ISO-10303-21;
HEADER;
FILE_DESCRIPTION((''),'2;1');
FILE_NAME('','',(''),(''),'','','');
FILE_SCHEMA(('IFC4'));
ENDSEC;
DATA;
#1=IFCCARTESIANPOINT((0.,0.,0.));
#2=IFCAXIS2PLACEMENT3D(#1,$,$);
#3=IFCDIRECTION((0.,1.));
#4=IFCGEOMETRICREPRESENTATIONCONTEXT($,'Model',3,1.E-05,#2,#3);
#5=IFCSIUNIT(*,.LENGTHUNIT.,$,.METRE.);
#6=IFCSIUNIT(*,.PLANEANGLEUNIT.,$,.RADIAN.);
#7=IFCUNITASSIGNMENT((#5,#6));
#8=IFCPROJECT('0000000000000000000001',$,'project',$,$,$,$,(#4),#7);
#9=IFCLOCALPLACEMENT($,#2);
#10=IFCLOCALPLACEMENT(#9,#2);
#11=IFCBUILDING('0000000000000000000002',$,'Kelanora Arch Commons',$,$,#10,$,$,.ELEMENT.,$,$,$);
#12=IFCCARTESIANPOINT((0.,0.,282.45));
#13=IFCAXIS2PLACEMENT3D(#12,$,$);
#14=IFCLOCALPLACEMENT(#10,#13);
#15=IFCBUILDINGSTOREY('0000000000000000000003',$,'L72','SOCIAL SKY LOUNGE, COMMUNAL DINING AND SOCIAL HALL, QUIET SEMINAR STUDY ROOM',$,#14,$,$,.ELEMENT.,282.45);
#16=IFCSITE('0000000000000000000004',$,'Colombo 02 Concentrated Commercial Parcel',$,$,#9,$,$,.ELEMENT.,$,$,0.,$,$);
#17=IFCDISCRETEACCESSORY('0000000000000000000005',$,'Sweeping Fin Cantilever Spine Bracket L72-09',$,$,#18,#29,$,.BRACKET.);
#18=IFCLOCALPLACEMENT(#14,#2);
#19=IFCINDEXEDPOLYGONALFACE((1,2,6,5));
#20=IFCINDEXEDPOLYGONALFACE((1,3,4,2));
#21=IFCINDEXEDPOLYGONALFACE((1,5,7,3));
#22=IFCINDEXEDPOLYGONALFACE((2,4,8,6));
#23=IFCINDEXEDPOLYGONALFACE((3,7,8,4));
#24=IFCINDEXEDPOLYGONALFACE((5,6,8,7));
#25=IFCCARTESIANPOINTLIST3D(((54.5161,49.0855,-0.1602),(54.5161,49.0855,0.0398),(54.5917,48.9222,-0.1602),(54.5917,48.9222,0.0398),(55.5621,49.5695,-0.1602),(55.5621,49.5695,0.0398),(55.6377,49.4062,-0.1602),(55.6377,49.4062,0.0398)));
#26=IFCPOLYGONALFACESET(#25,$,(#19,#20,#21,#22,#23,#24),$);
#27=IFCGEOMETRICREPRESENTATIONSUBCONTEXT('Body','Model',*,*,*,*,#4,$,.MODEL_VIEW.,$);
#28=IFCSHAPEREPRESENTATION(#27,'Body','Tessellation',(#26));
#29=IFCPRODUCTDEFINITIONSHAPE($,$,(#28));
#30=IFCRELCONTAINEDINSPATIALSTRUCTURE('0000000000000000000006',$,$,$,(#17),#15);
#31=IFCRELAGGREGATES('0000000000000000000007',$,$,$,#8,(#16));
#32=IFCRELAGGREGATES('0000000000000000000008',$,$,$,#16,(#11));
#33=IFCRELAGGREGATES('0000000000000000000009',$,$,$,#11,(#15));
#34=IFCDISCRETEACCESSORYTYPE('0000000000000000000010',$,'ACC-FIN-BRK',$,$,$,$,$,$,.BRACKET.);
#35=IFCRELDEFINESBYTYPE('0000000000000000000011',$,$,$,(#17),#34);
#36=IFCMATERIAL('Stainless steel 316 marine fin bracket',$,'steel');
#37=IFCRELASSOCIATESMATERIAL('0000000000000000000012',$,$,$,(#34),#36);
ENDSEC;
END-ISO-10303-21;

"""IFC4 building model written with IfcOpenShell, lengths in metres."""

from ifc_helpers import new_model, si_unit, direction, frame, origin, origin_2d, place, context, subcontext, project, spatial, rectangle, extrude, source, transform, mapped, material, type_object, element, save


model = new_model("IFC4")

# Units and contexts
model_context = context("Model", 3, precision=1e-05, world=origin(), true_north=direction((0.0, 1.0)))
body_context = subcontext(model_context, "Body", "Model", "MODEL_VIEW")
ifc_project = project(units=[si_unit("LENGTHUNIT", "METRE"), si_unit("PLANEANGLEUNIT", "RADIAN")], contexts=[model_context])

# Site, building, storey
site_placement = place(None, origin())
site = spatial("IfcSite", under=ifc_project, at=site_placement, Name="Colombo 02 Concentrated Commercial Parcel", CompositionType="ELEMENT", RefElevation=0.0)
building_placement = place(site_placement, origin())
building = spatial("IfcBuilding", under=site, at=building_placement, Name="Kelanora Arch Commons", CompositionType="ELEMENT")
storey_placement = place(building_placement, frame((0.0, 0.0, 282.45)))
storey = spatial("IfcBuildingStorey", under=building, at=storey_placement, Name="L72", Description="SOCIAL SKY LOUNGE, COMMUNAL DINING AND SOCIAL HALL, QUIET SEMINAR STUDY ROOM", CompositionType="ELEMENT", Elevation=282.45)

# Discrete accessory
ifc_material_1 = material(Name="Stainless steel 316 marine fin bracket", Category="steel")
discrete_accessory_type = type_object("IfcDiscreteAccessoryType", Name="ACC-FIN-BRK", PredefinedType="BRACKET", material=ifc_material_1)
shared_shape_1 = source(origin(), body_context, "Body", "SweptSolid", [
    extrude(rectangle(XDim=1.1526, YDim=0.1799, at=origin_2d()), origin(), (0.0, 0.0, 1.0), 0.2),
])
for number, where, z_axis, x_axis, name in (
    (1, (55.0769, 49.2458, -0.1602), (0.0, 0.0, 1.0), (-0.907558, -0.419927, 0.0), "Sweeping Fin Cantilever Spine Bracket L72-09"),
):
    element("IfcDiscreteAccessory", number, at=place(storey_placement, frame(where, z_axis=z_axis, x_axis=x_axis)), inside=storey, type_object=discrete_accessory_type, Name=name, PredefinedType="BRACKET", context=body_context, shape_type="MappedRepresentation", body=[
        mapped(shared_shape_1, transform((0.0, 0.0, 0.0), scale=1.0)),
    ])

save(model, "model.ifc")
